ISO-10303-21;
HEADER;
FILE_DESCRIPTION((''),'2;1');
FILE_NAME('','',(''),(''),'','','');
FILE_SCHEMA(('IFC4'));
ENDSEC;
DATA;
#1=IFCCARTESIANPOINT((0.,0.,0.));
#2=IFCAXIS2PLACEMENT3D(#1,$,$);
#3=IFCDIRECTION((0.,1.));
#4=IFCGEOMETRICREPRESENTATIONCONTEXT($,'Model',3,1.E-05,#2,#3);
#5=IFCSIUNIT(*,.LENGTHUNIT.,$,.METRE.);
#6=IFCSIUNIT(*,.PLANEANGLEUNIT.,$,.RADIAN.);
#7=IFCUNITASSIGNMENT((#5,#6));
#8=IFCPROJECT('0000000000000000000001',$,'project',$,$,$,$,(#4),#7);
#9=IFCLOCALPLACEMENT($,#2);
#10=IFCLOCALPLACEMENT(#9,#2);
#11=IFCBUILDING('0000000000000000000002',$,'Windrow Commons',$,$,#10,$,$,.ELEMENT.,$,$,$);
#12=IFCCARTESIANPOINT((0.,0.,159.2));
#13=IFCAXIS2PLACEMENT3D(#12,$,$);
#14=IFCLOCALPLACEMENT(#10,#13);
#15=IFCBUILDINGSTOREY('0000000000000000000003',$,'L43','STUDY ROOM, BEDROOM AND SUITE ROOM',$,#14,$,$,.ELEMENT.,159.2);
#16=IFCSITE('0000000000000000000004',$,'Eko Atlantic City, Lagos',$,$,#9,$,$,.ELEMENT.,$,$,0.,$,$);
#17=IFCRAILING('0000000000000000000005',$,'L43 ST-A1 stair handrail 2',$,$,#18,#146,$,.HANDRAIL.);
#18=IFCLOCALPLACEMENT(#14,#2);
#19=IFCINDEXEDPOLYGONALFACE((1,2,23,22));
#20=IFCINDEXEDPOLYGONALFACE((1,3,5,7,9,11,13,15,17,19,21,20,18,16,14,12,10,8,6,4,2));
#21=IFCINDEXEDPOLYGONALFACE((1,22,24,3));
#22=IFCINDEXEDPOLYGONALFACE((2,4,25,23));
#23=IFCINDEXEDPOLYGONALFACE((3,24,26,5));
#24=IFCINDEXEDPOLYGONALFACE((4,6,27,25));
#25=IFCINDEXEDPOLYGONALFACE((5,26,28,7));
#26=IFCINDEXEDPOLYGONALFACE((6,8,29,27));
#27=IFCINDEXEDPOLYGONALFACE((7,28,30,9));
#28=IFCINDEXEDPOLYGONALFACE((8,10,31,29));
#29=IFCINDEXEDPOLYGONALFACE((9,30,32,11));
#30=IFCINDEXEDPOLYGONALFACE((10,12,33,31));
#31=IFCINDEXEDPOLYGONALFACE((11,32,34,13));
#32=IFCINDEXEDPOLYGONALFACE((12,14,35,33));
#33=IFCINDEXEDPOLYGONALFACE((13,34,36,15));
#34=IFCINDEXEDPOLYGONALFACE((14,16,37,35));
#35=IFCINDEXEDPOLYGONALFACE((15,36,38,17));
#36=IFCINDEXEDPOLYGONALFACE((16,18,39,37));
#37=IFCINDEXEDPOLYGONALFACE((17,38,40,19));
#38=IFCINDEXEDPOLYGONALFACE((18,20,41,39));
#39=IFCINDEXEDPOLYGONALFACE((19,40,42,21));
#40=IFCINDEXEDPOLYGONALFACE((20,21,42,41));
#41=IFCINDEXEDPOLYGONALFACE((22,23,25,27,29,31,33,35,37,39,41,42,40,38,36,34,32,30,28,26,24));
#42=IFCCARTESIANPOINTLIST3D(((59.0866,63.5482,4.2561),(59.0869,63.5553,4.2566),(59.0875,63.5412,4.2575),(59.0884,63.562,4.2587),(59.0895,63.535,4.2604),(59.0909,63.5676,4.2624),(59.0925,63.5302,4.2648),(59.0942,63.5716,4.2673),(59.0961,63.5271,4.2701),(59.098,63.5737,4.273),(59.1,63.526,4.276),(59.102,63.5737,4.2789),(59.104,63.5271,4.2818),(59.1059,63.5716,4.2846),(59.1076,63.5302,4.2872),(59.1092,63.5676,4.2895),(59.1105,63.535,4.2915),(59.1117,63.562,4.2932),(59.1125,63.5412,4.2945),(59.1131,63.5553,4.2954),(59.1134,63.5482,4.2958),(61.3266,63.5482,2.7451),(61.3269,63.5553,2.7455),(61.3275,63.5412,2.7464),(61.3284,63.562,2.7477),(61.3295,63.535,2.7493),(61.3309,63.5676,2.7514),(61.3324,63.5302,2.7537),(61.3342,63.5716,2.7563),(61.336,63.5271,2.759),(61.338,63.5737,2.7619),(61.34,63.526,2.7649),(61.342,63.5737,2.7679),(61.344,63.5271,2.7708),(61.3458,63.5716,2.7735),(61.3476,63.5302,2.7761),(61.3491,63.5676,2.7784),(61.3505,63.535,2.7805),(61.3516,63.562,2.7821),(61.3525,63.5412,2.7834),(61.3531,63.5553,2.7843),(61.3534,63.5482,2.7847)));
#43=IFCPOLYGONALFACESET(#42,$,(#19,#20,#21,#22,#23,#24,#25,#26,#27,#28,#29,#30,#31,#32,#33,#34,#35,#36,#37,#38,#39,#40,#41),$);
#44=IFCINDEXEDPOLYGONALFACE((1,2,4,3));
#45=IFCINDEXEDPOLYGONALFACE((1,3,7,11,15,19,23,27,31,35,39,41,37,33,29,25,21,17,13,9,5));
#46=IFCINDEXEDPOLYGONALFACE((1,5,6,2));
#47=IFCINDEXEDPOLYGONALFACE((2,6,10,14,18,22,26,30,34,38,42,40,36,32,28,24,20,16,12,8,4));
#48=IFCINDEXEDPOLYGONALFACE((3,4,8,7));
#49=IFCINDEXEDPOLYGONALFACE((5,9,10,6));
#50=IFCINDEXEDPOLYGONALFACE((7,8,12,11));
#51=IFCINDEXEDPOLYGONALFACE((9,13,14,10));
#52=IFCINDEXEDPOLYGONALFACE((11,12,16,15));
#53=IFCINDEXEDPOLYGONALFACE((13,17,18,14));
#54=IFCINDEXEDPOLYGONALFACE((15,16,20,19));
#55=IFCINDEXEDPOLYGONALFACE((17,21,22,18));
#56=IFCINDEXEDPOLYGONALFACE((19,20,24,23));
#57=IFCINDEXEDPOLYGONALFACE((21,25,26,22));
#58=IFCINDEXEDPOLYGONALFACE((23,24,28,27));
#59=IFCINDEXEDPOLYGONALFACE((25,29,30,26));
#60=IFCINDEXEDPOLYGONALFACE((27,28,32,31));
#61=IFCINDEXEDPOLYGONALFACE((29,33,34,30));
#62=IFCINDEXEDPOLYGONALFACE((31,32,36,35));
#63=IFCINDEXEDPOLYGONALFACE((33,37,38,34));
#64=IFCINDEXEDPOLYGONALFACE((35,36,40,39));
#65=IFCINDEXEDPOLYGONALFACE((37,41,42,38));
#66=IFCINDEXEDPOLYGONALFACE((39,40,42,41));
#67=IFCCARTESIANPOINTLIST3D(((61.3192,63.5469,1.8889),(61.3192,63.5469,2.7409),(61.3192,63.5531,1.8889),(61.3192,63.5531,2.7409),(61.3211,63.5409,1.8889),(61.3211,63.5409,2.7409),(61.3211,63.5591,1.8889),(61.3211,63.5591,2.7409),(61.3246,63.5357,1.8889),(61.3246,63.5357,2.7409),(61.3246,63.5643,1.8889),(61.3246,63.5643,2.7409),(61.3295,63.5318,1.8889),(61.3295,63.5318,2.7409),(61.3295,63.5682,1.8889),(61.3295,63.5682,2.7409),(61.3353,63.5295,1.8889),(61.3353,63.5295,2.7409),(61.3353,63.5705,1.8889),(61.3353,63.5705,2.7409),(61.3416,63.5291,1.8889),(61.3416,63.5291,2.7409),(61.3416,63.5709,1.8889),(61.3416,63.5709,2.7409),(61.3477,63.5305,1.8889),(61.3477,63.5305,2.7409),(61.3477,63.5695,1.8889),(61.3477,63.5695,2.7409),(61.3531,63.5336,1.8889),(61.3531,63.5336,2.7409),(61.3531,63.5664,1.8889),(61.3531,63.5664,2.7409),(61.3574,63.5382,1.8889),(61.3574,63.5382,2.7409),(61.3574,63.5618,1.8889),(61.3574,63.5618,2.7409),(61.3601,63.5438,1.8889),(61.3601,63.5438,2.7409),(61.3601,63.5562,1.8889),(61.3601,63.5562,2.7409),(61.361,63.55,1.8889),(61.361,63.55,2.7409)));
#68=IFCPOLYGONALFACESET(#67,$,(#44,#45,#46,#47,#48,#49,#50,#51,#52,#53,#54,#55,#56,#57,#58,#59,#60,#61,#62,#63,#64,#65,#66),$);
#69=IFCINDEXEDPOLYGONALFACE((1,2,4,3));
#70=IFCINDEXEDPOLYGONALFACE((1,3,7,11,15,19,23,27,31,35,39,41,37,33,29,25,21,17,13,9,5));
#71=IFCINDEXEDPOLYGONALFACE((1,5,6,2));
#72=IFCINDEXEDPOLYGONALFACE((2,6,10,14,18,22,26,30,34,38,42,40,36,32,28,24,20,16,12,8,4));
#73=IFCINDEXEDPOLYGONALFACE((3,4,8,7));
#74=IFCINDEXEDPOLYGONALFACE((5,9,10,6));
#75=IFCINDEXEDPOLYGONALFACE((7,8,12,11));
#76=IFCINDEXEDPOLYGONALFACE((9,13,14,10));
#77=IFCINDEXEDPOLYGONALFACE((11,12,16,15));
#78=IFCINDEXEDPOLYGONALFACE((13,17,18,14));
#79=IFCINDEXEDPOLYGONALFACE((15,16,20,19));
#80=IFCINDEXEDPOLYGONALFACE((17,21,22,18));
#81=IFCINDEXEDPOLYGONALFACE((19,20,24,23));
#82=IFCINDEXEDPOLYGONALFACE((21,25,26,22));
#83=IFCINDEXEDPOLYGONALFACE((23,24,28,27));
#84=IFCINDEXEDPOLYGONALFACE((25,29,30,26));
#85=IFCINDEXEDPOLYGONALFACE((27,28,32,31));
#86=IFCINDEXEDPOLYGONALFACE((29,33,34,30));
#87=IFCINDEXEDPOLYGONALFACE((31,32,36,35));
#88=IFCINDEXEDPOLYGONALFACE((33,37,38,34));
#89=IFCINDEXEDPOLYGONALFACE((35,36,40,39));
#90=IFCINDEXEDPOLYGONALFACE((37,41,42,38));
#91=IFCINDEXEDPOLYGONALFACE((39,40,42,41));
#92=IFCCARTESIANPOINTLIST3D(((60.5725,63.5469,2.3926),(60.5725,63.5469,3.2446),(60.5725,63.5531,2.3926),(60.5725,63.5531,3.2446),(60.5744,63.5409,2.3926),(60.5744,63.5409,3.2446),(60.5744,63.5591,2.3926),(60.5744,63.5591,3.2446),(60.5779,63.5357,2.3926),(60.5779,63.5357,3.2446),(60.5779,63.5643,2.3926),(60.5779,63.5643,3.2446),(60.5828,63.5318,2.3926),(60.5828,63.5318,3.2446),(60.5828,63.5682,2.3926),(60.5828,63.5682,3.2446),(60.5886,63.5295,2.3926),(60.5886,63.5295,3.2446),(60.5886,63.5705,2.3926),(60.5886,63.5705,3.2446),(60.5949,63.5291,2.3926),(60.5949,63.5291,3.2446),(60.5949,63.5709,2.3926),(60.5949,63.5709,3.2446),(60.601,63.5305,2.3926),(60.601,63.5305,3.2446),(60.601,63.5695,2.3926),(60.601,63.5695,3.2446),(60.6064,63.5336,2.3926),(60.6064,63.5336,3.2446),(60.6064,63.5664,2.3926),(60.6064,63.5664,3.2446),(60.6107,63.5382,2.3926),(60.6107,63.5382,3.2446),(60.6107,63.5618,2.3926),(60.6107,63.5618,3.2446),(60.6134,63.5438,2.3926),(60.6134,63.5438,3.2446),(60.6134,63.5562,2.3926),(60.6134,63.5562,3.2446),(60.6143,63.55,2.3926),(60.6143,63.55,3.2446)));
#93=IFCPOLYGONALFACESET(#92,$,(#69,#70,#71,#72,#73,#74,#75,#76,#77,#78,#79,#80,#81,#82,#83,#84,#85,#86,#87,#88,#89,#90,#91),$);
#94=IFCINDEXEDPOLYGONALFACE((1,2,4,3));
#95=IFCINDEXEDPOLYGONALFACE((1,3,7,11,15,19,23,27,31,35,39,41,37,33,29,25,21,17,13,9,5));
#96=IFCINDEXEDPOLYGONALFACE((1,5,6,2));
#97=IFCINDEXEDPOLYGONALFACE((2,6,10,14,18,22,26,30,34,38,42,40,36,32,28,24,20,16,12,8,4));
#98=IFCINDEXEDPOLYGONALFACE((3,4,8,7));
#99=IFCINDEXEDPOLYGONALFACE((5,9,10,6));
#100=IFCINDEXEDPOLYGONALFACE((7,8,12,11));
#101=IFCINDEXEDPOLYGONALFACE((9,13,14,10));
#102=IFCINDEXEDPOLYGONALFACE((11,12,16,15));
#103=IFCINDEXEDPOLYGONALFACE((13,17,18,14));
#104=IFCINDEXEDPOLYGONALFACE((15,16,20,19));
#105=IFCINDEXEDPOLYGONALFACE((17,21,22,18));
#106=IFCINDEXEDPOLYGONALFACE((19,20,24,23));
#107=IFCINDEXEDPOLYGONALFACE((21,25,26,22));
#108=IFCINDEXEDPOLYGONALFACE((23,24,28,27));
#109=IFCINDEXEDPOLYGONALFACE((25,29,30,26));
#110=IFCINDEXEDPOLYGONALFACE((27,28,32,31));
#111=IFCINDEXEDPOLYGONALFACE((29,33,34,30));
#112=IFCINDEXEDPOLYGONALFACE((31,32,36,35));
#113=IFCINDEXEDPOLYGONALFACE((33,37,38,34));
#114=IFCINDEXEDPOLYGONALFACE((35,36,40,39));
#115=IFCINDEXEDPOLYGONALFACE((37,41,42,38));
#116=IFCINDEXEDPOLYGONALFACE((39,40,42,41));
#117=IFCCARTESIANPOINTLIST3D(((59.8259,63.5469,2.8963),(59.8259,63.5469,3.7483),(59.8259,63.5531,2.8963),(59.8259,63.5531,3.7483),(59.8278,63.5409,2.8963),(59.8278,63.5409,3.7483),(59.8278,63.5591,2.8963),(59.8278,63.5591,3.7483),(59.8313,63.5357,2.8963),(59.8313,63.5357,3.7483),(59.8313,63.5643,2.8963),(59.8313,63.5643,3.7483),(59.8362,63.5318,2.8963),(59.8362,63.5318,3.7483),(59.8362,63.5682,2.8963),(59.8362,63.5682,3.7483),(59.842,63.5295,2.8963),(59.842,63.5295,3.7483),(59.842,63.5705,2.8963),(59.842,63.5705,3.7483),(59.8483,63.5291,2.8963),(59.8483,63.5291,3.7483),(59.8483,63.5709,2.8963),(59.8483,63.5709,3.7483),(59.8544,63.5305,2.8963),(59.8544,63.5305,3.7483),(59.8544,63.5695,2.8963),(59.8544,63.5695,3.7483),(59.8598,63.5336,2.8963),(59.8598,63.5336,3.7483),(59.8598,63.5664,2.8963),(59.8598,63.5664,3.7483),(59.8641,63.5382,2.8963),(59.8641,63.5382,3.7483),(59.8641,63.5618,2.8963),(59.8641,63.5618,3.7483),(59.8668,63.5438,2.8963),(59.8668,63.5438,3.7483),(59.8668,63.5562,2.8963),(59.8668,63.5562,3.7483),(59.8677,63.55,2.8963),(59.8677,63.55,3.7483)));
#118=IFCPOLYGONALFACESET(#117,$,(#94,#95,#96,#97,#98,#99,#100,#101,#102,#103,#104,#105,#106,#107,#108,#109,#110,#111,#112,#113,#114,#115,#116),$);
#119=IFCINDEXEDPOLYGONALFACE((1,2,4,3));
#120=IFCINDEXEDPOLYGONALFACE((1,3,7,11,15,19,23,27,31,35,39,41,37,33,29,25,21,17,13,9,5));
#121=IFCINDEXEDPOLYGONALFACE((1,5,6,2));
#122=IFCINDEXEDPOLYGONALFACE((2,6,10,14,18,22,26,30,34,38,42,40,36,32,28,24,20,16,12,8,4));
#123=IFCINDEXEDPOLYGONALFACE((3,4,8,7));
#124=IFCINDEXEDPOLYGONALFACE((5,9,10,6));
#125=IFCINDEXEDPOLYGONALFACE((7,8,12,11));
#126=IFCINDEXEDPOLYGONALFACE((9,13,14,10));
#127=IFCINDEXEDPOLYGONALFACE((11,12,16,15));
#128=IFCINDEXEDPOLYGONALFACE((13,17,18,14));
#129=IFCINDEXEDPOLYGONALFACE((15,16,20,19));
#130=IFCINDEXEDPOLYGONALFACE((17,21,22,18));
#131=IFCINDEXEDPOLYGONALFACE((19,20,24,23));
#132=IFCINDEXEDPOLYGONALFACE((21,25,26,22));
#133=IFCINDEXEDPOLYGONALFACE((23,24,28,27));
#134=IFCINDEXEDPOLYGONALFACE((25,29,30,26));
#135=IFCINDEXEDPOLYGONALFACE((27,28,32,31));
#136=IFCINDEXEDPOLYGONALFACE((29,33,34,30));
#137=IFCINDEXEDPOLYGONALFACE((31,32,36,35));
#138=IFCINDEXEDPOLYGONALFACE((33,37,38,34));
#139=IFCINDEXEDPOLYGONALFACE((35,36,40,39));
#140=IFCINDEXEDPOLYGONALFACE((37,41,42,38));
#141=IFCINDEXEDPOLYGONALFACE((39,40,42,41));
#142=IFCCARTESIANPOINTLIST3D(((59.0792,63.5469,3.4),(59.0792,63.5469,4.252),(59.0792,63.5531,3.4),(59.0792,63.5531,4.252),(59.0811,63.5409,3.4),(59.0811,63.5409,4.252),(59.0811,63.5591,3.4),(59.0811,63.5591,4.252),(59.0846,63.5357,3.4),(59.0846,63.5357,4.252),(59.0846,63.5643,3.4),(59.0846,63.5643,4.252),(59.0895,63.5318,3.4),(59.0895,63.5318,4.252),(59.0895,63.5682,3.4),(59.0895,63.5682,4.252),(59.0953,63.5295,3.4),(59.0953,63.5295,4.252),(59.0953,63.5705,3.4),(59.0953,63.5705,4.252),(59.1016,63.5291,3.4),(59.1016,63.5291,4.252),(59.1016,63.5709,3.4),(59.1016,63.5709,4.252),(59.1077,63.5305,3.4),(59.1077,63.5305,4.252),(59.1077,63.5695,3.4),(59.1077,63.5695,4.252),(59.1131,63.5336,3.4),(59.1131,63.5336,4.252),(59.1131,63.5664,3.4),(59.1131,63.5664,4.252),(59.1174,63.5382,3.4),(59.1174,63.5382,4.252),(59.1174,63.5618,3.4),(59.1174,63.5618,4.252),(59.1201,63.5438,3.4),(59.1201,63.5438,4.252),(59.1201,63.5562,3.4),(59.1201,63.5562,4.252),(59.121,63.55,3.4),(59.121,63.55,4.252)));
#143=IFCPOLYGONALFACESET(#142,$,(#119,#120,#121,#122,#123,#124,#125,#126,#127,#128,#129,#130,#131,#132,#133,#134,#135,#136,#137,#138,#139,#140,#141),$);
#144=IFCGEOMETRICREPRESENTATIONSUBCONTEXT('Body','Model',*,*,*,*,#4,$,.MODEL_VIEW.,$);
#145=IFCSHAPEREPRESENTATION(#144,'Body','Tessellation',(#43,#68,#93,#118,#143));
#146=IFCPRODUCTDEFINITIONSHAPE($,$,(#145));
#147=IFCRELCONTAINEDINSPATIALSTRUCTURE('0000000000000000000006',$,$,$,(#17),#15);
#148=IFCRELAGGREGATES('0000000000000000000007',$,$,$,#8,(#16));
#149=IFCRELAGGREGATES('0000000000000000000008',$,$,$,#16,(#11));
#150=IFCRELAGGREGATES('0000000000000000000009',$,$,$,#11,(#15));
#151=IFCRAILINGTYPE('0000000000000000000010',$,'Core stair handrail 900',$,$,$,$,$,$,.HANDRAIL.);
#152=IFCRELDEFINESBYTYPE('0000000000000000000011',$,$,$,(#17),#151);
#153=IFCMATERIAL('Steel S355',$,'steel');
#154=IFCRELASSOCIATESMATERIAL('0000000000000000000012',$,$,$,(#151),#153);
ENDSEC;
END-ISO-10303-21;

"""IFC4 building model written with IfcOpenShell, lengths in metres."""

from ifc_helpers import new_model, si_unit, direction, frame, origin, origin_2d, place, context, subcontext, project, spatial, circle, extrude, material, type_object, element, save


model = new_model("IFC4")

# Units and contexts
model_context = context("Model", 3, precision=1e-05, world=origin(), true_north=direction((0.0, 1.0)))
body_context = subcontext(model_context, "Body", "Model", "MODEL_VIEW")
ifc_project = project(units=[si_unit("LENGTHUNIT", "METRE"), si_unit("PLANEANGLEUNIT", "RADIAN")], contexts=[model_context])

# Site, building, storey
site_placement = place(None, origin())
site = spatial("IfcSite", under=ifc_project, at=site_placement, Name="Eko Atlantic City, Lagos", CompositionType="ELEMENT", RefElevation=0.0)
building_placement = place(site_placement, origin())
building = spatial("IfcBuilding", under=site, at=building_placement, Name="Windrow Commons", CompositionType="ELEMENT")
storey_placement = place(building_placement, frame((0.0, 0.0, 159.2)))
storey = spatial("IfcBuildingStorey", under=building, at=storey_placement, Name="L43", Description="STUDY ROOM, BEDROOM AND SUITE ROOM", CompositionType="ELEMENT", Elevation=159.2)

# Railing
ifc_material_1 = material(Name="Steel S355", Category="steel")
railing_type_1 = type_object("IfcRailingType", Name="Core stair handrail 900", PredefinedType="HANDRAIL", material=ifc_material_1)
railing_1_placement = place(storey_placement, frame((61.34, 63.55, 1.8889)))
element("IfcRailing", 1, at=railing_1_placement, inside=storey, type_object=railing_type_1, Name="L43 ST-A1 stair handrail 2", PredefinedType="HANDRAIL", context=body_context, shape_type="SweptSolid", body=[
    extrude(circle(Radius=0.024, at=origin_2d()), frame((0.0, 0.0, 0.876), z_axis=(-0.829003, 0.0, 0.559244), x_axis=(0.0, -1.0, 0.0)), (0.0, 0.0, 1.0), 2.702),
    extrude(circle(Radius=0.021, at=origin_2d()), origin(), (0.0, 0.0, 1.0), 0.852),
    extrude(circle(Radius=0.021, at=origin_2d()), frame((-0.7467, 0.0, 0.5037)), (0.0, 0.0, 1.0), 0.852),
    extrude(circle(Radius=0.021, at=origin_2d()), frame((-1.4933, 0.0, 1.0074)), (0.0, 0.0, 1.0), 0.852),
    extrude(circle(Radius=0.021, at=origin_2d()), frame((-2.24, 0.0, 1.5111)), (0.0, 0.0, 1.0), 0.852),
])

save(model, "model.ifc")
